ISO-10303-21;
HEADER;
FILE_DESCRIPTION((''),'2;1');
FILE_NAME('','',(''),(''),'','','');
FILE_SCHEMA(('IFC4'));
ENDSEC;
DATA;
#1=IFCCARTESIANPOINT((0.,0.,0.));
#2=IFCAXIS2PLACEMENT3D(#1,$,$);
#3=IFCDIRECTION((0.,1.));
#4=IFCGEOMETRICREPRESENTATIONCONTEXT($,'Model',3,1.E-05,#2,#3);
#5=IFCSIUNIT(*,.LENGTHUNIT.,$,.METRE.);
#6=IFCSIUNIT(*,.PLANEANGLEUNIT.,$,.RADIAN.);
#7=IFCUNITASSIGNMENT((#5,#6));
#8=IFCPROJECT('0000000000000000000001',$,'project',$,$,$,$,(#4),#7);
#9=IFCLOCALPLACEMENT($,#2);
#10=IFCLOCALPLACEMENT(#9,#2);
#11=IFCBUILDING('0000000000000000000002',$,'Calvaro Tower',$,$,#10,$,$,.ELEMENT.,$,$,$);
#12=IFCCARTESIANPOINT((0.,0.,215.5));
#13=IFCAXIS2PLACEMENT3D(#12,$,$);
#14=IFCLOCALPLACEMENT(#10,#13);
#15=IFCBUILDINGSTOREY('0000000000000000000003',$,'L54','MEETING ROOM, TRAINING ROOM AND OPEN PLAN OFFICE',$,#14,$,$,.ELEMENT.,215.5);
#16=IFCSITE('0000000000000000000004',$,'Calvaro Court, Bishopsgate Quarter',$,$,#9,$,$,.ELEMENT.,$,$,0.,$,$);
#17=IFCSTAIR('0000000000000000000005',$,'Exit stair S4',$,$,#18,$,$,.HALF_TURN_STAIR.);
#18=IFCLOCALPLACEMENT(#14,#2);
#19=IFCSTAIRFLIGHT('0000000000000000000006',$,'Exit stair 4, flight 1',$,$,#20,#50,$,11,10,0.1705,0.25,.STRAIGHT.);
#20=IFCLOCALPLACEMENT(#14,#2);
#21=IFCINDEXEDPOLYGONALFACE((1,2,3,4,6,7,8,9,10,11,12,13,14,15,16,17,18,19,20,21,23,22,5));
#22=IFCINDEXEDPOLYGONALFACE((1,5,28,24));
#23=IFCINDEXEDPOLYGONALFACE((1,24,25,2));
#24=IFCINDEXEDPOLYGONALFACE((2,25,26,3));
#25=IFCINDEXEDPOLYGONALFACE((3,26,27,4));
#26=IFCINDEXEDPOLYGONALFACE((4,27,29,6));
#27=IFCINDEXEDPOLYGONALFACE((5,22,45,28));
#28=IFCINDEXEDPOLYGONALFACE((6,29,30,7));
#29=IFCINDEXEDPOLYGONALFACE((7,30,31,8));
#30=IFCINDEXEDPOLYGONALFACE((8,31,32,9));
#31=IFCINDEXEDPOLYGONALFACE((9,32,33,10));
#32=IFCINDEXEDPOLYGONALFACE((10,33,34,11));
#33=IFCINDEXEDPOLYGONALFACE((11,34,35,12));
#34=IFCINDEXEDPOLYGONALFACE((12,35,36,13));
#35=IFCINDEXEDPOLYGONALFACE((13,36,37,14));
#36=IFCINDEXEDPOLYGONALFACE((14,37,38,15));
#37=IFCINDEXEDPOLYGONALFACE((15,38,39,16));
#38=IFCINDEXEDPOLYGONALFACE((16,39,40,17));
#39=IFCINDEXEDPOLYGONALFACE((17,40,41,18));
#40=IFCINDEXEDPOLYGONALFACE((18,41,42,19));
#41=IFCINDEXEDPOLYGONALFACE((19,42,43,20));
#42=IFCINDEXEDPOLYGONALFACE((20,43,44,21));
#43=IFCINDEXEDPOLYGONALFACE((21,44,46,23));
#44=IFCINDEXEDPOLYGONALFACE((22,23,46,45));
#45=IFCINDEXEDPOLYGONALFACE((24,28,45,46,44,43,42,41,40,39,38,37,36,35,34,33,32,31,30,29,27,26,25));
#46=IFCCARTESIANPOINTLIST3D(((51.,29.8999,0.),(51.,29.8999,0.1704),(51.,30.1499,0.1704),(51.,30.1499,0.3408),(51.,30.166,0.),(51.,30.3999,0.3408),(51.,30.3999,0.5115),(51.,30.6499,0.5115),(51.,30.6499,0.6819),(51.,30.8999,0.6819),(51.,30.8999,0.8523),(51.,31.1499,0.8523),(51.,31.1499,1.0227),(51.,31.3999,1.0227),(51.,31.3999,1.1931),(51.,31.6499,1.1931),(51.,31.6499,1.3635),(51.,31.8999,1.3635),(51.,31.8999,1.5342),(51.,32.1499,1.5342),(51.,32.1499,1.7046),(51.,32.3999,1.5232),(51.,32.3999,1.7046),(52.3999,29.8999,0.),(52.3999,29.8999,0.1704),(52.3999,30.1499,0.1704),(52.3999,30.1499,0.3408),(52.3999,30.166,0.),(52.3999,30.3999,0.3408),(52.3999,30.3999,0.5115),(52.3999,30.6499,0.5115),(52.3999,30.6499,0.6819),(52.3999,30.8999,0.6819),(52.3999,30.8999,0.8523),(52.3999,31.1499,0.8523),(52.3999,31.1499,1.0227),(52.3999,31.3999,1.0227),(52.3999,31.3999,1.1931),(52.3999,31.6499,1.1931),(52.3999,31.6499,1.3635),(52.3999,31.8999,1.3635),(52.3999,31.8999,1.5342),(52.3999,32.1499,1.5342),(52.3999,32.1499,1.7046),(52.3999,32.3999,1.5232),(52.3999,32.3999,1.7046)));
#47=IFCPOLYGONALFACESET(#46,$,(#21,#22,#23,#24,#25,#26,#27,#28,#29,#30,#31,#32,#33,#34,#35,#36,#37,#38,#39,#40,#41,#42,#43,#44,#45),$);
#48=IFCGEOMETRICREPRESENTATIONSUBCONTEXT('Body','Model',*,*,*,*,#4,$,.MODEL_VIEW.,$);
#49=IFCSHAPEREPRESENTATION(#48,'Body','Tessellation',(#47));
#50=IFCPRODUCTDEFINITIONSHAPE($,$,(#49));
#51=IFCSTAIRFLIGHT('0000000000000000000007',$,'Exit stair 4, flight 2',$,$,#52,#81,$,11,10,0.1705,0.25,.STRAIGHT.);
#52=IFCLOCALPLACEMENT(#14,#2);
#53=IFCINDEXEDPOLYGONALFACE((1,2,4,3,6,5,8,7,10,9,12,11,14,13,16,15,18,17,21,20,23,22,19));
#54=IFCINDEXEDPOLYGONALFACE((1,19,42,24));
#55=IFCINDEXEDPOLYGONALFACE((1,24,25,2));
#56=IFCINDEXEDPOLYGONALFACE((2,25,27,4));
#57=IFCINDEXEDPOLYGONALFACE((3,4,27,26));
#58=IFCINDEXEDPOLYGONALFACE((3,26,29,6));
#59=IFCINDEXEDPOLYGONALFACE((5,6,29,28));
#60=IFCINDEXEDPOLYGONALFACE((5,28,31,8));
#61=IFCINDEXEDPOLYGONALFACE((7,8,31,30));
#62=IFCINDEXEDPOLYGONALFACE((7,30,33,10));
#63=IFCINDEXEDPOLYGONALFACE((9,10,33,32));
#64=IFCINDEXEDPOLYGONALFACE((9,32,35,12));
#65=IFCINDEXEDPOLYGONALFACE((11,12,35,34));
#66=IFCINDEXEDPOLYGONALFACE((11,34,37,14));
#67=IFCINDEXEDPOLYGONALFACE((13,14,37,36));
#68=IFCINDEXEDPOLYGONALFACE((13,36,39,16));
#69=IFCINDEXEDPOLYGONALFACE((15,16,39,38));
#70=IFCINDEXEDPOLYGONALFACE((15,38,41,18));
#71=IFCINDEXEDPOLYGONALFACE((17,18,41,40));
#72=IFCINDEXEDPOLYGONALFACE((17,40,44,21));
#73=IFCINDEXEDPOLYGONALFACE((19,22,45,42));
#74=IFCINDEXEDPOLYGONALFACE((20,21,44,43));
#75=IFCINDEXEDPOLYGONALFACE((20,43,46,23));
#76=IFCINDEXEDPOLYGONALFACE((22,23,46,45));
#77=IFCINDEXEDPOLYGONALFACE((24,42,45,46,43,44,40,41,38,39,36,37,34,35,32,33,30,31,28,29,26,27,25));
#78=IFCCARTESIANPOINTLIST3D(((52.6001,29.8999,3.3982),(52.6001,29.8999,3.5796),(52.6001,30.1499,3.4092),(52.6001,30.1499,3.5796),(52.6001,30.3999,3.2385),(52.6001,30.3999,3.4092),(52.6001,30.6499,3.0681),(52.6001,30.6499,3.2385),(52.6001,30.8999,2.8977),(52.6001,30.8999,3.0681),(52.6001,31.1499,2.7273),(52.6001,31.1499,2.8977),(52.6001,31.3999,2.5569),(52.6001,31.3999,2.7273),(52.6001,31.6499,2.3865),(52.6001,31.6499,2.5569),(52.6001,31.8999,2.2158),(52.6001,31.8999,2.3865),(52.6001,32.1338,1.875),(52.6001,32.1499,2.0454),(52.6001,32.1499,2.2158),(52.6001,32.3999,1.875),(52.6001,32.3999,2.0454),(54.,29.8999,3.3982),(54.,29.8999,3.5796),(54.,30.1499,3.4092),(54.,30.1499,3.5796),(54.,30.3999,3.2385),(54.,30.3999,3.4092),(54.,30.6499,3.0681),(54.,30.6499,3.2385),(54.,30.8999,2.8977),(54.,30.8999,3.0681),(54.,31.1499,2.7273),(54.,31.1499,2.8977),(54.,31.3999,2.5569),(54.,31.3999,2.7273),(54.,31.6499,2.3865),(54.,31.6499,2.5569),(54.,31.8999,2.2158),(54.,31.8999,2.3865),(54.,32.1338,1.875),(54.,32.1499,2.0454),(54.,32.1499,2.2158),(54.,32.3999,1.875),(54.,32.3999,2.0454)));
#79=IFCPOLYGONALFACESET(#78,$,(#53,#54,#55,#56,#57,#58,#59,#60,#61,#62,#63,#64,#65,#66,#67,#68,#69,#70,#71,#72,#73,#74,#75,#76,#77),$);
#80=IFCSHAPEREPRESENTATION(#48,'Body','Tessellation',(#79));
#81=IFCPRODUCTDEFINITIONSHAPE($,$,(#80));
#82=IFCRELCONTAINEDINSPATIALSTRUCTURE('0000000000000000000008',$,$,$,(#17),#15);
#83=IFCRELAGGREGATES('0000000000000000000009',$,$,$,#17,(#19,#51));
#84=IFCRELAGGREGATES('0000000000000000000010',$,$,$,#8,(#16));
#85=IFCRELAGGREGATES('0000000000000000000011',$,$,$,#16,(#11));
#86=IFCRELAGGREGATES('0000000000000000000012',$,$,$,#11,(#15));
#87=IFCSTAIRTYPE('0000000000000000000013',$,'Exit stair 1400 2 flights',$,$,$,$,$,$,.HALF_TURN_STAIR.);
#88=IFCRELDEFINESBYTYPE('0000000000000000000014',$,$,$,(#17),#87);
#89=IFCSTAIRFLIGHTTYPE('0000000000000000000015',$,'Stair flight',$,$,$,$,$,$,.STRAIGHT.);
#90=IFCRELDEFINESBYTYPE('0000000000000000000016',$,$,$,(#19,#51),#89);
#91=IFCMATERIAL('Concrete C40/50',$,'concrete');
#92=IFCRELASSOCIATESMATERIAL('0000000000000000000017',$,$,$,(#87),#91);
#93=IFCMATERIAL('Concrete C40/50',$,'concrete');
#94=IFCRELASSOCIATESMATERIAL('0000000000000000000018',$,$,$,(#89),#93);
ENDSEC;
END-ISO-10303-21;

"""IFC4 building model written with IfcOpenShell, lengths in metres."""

from ifc_helpers import new_model, si_unit, direction, frame, origin, place, context, subcontext, project, spatial, polyline, outline, extrude, material, type_object, element, aggregate, save


model = new_model("IFC4")

# Units and contexts
model_context = context("Model", 3, precision=1e-05, world=origin(), true_north=direction((0.0, 1.0)))
body_context = subcontext(model_context, "Body", "Model", "MODEL_VIEW")
ifc_project = project(units=[si_unit("LENGTHUNIT", "METRE"), si_unit("PLANEANGLEUNIT", "RADIAN")], contexts=[model_context])

# Site, building, storey
site_placement = place(None, origin())
site = spatial("IfcSite", under=ifc_project, at=site_placement, Name="Calvaro Court, Bishopsgate Quarter", CompositionType="ELEMENT", RefElevation=0.0)
building_placement = place(site_placement, origin())
building = spatial("IfcBuilding", under=site, at=building_placement, Name="Calvaro Tower", CompositionType="ELEMENT")
storey_placement = place(building_placement, frame((0.0, 0.0, 215.5)))
storey = spatial("IfcBuildingStorey", under=building, at=storey_placement, Name="L54", Description="MEETING ROOM, TRAINING ROOM AND OPEN PLAN OFFICE", CompositionType="ELEMENT", Elevation=215.5)

# Shared definitions
ifc_material_1 = material(Name="Concrete C40/50", Category="concrete")
stair_type = type_object("IfcStairType", Name="Exit stair 1400 2 flights", PredefinedType="HALF_TURN_STAIR", material=ifc_material_1)
ifc_material_2 = material(Name="Concrete C40/50", Category="concrete")
stair_flight_type = type_object("IfcStairFlightType", Name="Stair flight", PredefinedType="STRAIGHT", material=ifc_material_2)

# Stair, stair flights
stair_1_placement = place(storey_placement, origin())
stair_1 = element("IfcStair", 1, at=stair_1_placement, inside=storey, type_object=stair_type, Name="Exit stair S4", PredefinedType="HALF_TURN_STAIR")
stair_flight_1_placement = place(storey_placement, frame((51.7, 29.8999, 0.0), z_axis=(0.0, 0.0, 1.0), x_axis=(0.0, 1.0, 0.0)))
stair_flight_1 = element("IfcStairFlight", 2, at=stair_flight_1_placement, type_object=stair_flight_type, Name="Exit stair 4, flight 1", NumberOfRisers=11, NumberOfTreads=10, PredefinedType="STRAIGHT", RiserHeight=0.1705, TreadLength=0.25, context=body_context, shape_type="SweptSolid", body=[
    extrude(outline(polyline([(0.0, 0.0), (0.0, 0.1704), (0.25, 0.1704), (0.25, 0.3408), (0.5, 0.3408), (0.5, 0.5115), (0.75, 0.5115), (0.75, 0.6819), (1.0, 0.6819), (1.0, 0.8523), (1.25, 0.8523), (1.25, 1.0227), (1.5, 1.0227), (1.5, 1.1931), (1.75, 1.1931), (1.75, 1.3635), (2.0, 1.3635), (2.0, 1.5342), (2.25, 1.5342), (2.25, 1.7046), (2.5, 1.7046), (2.5, 1.875), (2.5, 1.5232), (0.2661, 0.0), (0.0, 0.0)])), frame((0.0, 0.7, 0.0), z_axis=(0.0, -1.0, 0.0), x_axis=(1.0, 0.0, 0.0)), (0.0, 0.0, 1.0), 1.3999),
])
stair_flight_2_placement = place(storey_placement, frame((53.3, 32.3999, 1.875), z_axis=(0.0, 0.0, 1.0), x_axis=(0.0, -1.0, 0.0)))
stair_flight_2 = element("IfcStairFlight", 3, at=stair_flight_2_placement, type_object=stair_flight_type, Name="Exit stair 4, flight 2", NumberOfRisers=11, NumberOfTreads=10, PredefinedType="STRAIGHT", RiserHeight=0.1705, TreadLength=0.25, context=body_context, shape_type="SweptSolid", body=[
    extrude(outline(polyline([(0.0, 0.0), (0.0, 0.1704), (0.25, 0.1704), (0.25, 0.3408), (0.5, 0.3408), (0.5, 0.5115), (0.75, 0.5115), (0.75, 0.6819), (1.0, 0.6819), (1.0, 0.8523), (1.25, 0.8523), (1.25, 1.0227), (1.5, 1.0227), (1.5, 1.1931), (1.75, 1.1931), (1.75, 1.3635), (2.0, 1.3635), (2.0, 1.5342), (2.25, 1.5342), (2.25, 1.7046), (2.5, 1.7046), (2.5, 1.875), (2.5, 1.5232), (0.2661, 0.0), (0.0, 0.0)])), frame((0.0, 0.7, 0.0), z_axis=(0.0, -1.0, 0.0), x_axis=(1.0, 0.0, 0.0)), (0.0, 0.0, 1.0), 1.3999),
])

aggregate(stair_1, [stair_flight_1, stair_flight_2])

save(model, "model.ifc")
